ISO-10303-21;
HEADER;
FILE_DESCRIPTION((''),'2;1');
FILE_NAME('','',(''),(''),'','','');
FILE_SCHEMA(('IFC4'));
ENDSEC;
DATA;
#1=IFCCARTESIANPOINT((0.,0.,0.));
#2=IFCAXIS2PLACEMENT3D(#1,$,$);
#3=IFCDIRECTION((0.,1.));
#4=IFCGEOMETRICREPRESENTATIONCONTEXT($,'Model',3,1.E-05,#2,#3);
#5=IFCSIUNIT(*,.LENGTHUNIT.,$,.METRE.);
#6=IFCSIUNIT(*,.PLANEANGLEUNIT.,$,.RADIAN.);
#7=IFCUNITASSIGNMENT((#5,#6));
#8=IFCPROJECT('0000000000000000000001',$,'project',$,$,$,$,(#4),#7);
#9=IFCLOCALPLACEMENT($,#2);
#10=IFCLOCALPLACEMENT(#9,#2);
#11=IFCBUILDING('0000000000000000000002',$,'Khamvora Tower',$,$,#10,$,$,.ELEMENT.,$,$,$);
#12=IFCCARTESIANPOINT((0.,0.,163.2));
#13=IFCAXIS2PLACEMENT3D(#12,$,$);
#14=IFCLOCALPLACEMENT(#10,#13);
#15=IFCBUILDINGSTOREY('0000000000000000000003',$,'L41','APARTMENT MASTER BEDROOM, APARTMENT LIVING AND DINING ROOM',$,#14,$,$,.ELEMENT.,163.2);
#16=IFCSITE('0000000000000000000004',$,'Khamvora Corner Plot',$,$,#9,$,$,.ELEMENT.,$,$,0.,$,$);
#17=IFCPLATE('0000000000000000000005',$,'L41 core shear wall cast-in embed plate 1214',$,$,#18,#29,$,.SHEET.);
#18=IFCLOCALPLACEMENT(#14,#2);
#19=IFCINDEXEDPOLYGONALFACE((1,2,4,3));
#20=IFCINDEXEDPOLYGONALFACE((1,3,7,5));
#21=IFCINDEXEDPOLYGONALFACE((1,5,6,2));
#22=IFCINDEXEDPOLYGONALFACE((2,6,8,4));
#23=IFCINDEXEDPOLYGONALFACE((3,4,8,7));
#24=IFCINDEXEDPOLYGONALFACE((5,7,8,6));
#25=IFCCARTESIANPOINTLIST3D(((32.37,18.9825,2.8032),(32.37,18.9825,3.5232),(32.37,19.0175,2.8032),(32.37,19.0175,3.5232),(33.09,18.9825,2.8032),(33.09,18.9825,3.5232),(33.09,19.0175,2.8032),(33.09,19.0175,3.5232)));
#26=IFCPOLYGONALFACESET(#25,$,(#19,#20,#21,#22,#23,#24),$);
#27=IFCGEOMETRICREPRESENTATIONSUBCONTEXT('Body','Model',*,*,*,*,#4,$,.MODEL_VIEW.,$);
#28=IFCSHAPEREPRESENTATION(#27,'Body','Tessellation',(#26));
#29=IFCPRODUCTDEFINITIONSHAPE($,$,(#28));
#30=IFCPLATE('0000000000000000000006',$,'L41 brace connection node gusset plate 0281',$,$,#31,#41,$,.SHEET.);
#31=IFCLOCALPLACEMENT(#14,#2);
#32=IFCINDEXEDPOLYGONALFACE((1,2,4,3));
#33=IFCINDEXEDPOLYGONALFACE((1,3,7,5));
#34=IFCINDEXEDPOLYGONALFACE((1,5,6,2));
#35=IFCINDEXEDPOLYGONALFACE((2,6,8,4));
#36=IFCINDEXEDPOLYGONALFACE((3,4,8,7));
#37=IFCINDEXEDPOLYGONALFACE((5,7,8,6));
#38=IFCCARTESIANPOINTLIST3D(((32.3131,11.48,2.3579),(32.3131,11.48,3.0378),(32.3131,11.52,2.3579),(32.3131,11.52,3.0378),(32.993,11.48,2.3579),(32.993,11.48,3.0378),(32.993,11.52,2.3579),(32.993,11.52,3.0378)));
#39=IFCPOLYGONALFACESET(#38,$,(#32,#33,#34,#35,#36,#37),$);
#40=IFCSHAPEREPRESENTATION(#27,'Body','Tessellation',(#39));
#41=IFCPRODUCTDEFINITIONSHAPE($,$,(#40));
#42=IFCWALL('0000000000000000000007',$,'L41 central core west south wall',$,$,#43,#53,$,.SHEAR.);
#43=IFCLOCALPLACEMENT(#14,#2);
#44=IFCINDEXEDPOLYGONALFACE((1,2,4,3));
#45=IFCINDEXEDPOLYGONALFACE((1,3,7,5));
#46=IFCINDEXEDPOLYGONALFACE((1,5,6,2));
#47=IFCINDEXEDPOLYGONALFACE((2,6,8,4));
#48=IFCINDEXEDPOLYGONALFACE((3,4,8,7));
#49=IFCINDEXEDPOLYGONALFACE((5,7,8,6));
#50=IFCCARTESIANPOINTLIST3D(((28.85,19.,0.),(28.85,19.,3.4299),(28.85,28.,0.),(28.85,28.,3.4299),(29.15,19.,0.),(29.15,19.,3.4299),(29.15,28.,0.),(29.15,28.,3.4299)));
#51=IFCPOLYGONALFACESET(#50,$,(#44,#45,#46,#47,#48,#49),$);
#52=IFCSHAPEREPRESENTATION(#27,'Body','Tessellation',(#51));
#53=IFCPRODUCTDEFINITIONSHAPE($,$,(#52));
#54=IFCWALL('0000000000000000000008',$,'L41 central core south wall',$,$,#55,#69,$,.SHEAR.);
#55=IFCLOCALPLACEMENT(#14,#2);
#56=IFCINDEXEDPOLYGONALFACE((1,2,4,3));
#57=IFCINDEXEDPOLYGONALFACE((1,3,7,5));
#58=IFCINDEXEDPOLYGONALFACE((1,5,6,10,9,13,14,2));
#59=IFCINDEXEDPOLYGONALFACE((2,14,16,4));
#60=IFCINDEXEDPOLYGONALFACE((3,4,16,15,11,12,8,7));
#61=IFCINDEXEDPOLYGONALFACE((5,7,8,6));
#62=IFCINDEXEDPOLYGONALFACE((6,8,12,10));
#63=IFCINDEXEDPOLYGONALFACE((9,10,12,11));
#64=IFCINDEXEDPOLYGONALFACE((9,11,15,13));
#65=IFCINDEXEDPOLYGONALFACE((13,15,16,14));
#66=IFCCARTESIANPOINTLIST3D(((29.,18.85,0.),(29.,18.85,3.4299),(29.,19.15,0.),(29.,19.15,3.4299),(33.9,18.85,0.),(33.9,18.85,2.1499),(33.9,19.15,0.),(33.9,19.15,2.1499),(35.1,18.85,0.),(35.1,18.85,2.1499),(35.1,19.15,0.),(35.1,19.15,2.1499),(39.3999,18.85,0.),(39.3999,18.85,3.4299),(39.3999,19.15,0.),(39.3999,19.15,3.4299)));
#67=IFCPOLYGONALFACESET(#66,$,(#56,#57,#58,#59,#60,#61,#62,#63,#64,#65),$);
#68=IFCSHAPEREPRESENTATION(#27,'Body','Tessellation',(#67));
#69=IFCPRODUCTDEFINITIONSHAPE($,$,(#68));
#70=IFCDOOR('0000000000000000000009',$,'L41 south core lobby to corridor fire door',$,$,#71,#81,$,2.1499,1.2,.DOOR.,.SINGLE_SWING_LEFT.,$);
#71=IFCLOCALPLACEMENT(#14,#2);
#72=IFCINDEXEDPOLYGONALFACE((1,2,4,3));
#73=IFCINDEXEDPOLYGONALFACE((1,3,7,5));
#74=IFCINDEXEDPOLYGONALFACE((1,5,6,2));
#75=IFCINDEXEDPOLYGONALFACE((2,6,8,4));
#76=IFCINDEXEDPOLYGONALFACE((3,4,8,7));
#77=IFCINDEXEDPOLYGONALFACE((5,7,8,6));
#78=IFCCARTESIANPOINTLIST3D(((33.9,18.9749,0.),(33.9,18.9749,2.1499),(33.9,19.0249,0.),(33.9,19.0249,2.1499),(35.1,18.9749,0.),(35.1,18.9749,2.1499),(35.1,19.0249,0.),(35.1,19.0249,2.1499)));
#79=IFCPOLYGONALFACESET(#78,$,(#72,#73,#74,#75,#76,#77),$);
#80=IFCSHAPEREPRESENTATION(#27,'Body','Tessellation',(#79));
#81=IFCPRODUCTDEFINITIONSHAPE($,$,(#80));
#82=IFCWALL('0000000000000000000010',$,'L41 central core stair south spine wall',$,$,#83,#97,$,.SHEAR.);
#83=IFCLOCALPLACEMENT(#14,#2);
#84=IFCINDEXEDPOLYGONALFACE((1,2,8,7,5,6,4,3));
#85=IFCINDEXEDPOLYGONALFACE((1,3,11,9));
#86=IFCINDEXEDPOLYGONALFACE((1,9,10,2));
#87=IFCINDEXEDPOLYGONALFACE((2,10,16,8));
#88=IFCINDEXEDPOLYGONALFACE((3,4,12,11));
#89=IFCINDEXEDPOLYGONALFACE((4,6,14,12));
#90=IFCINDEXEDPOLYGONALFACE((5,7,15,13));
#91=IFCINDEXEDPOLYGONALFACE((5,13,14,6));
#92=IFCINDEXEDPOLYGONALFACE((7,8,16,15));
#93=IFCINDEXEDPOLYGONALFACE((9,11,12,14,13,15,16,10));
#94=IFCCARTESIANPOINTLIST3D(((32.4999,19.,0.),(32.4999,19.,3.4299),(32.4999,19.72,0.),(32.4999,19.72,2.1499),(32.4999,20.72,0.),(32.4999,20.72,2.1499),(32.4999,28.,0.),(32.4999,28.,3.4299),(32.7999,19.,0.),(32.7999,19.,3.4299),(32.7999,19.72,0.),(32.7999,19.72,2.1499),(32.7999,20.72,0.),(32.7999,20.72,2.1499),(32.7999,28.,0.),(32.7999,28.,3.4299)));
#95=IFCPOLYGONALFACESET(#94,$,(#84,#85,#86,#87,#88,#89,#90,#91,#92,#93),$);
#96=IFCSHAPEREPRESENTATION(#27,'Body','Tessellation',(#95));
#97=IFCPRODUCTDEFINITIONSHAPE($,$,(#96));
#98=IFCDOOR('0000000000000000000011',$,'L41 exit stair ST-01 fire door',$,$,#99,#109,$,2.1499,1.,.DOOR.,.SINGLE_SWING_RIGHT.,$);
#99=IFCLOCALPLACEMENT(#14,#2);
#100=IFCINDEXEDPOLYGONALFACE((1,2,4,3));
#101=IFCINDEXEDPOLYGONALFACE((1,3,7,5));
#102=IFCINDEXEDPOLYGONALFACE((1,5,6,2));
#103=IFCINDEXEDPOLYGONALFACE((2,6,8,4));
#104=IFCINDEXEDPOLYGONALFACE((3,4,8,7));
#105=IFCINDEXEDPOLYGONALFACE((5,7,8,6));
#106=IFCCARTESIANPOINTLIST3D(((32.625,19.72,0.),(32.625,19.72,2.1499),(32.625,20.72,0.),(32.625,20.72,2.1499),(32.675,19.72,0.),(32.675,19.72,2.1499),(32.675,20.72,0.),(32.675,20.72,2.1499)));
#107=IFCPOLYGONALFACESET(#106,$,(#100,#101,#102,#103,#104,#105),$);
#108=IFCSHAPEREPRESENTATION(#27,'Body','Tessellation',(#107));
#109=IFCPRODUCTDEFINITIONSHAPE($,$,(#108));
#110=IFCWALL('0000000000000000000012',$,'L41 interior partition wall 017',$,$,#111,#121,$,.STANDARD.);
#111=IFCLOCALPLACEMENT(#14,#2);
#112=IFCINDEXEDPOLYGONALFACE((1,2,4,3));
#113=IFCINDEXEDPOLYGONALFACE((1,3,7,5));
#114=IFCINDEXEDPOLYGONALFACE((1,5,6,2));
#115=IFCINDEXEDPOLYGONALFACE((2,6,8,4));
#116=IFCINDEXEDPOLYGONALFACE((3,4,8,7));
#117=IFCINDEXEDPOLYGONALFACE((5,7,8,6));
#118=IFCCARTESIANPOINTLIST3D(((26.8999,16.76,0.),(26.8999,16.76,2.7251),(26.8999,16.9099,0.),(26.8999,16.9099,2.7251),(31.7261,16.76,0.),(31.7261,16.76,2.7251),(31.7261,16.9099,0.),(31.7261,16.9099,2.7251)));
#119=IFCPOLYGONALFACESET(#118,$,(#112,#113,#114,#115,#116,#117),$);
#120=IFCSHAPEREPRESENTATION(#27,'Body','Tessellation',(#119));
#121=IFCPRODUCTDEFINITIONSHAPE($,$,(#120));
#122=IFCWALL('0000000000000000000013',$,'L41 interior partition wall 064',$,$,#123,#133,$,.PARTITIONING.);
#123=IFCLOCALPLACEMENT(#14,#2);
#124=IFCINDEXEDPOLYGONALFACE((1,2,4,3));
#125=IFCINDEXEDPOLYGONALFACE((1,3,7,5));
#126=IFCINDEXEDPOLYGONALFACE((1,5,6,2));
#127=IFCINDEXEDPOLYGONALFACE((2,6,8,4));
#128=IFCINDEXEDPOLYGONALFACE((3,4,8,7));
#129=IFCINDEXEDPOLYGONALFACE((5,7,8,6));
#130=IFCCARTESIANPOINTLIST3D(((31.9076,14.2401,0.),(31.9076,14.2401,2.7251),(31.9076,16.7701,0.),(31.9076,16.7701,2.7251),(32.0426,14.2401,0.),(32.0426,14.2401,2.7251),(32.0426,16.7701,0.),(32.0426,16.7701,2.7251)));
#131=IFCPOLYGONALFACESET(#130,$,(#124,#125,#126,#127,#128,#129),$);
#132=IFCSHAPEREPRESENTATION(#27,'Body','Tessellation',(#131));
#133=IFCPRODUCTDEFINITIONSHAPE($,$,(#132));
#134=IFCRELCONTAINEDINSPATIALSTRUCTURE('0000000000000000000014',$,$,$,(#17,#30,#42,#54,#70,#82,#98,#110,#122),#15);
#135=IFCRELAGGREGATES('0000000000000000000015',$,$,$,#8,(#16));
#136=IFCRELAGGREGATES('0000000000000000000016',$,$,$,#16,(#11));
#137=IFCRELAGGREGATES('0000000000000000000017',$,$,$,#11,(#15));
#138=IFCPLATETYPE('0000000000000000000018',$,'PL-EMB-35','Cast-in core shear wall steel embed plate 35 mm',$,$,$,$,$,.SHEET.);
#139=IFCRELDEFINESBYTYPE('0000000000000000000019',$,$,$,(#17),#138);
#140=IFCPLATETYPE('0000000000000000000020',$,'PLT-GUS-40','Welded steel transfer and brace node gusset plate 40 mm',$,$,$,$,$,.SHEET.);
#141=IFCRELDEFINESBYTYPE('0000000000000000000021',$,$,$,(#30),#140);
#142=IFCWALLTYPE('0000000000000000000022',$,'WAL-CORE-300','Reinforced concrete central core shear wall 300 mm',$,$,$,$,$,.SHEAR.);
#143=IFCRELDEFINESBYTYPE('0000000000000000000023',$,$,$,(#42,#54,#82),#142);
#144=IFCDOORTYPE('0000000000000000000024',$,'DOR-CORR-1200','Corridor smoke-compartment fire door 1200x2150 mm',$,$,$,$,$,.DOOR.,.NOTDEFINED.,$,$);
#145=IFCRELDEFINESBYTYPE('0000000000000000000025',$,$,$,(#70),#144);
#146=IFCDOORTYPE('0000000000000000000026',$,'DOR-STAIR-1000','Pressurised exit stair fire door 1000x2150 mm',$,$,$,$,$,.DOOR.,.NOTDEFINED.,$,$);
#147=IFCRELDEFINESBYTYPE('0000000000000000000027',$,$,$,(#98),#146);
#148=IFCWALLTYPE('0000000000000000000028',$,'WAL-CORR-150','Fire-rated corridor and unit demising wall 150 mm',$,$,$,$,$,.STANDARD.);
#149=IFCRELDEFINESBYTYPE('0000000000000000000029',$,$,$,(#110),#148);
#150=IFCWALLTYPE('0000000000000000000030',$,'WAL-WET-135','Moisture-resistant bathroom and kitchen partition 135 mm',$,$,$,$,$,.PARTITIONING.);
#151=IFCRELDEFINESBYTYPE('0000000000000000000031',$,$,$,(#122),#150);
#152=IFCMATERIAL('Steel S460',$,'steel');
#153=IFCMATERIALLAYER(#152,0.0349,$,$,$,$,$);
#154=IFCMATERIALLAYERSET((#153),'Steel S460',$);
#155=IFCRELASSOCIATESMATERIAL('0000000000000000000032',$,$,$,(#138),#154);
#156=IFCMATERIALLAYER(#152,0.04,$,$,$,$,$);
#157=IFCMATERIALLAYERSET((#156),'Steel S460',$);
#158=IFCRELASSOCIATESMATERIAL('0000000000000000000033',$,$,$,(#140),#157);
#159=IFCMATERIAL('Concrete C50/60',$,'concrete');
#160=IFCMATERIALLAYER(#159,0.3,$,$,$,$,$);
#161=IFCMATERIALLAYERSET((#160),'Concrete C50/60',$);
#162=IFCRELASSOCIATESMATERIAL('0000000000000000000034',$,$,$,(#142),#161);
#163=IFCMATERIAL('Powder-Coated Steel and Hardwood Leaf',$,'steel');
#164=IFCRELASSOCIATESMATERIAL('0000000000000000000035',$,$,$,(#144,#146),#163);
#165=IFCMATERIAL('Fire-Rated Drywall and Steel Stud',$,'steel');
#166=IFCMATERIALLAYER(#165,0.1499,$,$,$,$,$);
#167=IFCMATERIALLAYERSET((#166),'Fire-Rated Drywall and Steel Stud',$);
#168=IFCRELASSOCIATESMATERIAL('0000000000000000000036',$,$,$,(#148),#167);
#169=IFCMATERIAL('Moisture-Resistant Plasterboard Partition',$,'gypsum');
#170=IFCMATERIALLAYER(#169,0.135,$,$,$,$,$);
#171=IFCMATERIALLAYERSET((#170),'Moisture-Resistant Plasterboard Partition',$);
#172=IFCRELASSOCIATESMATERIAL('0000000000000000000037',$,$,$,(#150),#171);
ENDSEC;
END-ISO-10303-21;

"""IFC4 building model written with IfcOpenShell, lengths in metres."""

from ifc_helpers import new_model, si_unit, direction, frame, frame_2d, origin, origin_2d, place, context, subcontext, project, spatial, rectangle, extrude, material, layer, layer_set, type_object, element, fill, save


model = new_model("IFC4")

# Units and contexts
model_context = context("Model", 3, precision=1e-05, world=origin(), true_north=direction((0.0, 1.0)))
body_context = subcontext(model_context, "Body", "Model", "MODEL_VIEW")
ifc_project = project(units=[si_unit("LENGTHUNIT", "METRE"), si_unit("PLANEANGLEUNIT", "RADIAN")], contexts=[model_context])

# Site, building, storey
site_placement = place(None, origin())
site = spatial("IfcSite", under=ifc_project, at=site_placement, Name="Khamvora Corner Plot", CompositionType="ELEMENT", RefElevation=0.0)
building_placement = place(site_placement, origin())
building = spatial("IfcBuilding", under=site, at=building_placement, Name="Khamvora Tower", CompositionType="ELEMENT")
storey_placement = place(building_placement, frame((0.0, 0.0, 163.2)))
storey = spatial("IfcBuildingStorey", under=building, at=storey_placement, Name="L41", Description="APARTMENT MASTER BEDROOM, APARTMENT LIVING AND DINING ROOM", CompositionType="ELEMENT", Elevation=163.2)

# Shared definitions
ifc_material_1 = material(Name="Steel S460", Category="steel")

# Plates
ifc_layer_1 = layer(ifc_material_1, 0.0349)
ifc_layer_set_1 = layer_set([ifc_layer_1], Name="Steel S460")
plate_type_1 = type_object("IfcPlateType", Name="PL-EMB-35", Description="Cast-in core shear wall steel embed plate 35 mm", PredefinedType="SHEET", material=ifc_layer_set_1)
plate_1_placement = place(storey_placement, frame((32.73, 19.0, 2.8032), z_axis=(0.0, 0.0, 1.0), x_axis=(1.0, 0.0, 0.0)))
element("IfcPlate", 1, at=plate_1_placement, inside=storey, type_object=plate_type_1, Name="L41 core shear wall cast-in embed plate 1214", PredefinedType="SHEET", context=body_context, shape_type="SweptSolid", body=[
    extrude(rectangle(XDim=0.72, YDim=0.0349, at=origin_2d()), origin(), (0.0, 0.0, 1.0), 0.72),
])
ifc_layer_2 = layer(ifc_material_1, 0.04)
ifc_layer_set_2 = layer_set([ifc_layer_2], Name="Steel S460")
plate_type_2 = type_object("IfcPlateType", Name="PLT-GUS-40", Description="Welded steel transfer and brace node gusset plate 40 mm", PredefinedType="SHEET", material=ifc_layer_set_2)
plate_2_placement = place(storey_placement, frame((32.6531, 11.5, 2.3579), z_axis=(0.0, 0.0, 1.0), x_axis=(1.0, 0.0, 0.0)))
element("IfcPlate", 2, at=plate_2_placement, inside=storey, type_object=plate_type_2, Name="L41 brace connection node gusset plate 0281", PredefinedType="SHEET", context=body_context, shape_type="SweptSolid", body=[
    extrude(rectangle(XDim=0.6799, YDim=0.04, at=origin_2d()), origin(), (0.0, 0.0, 1.0), 0.6799),
])

# Wall
ifc_material_2 = material(Name="Concrete C50/60", Category="concrete")
ifc_layer_3 = layer(ifc_material_2, 0.3)
ifc_layer_set_3 = layer_set([ifc_layer_3], Name="Concrete C50/60")
wall_type_1 = type_object("IfcWallType", Name="WAL-CORE-300", Description="Reinforced concrete central core shear wall 300 mm", PredefinedType="SHEAR", material=ifc_layer_set_3)
wall_1_placement = place(storey_placement, frame((29.0, 19.0, 0.0), z_axis=(0.0, 0.0, 1.0), x_axis=(0.0, 1.0, 0.0)))
element("IfcWall", 3, at=wall_1_placement, inside=storey, type_object=wall_type_1, Name="L41 central core west south wall", PredefinedType="SHEAR", context=body_context, shape_type="SweptSolid", body=[
    extrude(rectangle(XDim=9.0, YDim=0.3, at=frame_2d((4.5, 0.0))), origin(), (0.0, 0.0, 1.0), 3.4299),
])

# Walls, openings, doors
wall_2_placement = place(storey_placement, frame((29.0, 19.0, 0.0), z_axis=(0.0, 0.0, 1.0), x_axis=(1.0, 0.0, 0.0)))
wall_2 = element("IfcWall", 4, at=wall_2_placement, inside=storey, type_object=wall_type_1, Name="L41 central core south wall", PredefinedType="SHEAR", context=body_context, shape_type="SweptSolid", body=[
    extrude(rectangle(XDim=10.3999, YDim=0.3, at=frame_2d((5.2, 0.0))), origin(), (0.0, 0.0, 1.0), 3.4299),
])
opening_1_placement = place(wall_2_placement, frame((4.8999, 0.0, 0.0)))
opening_1 = element("IfcOpeningElement", 5, at=opening_1_placement, cuts=wall_2, PredefinedType="OPENING", context=body_context, shape_type="SweptSolid", body=[
    extrude(rectangle(XDim=1.2, YDim=2.1499, at=frame_2d((0.6001, 1.075))), frame((0.0, 0.1599, 0.0), z_axis=(0.0, -1.0, 0.0), x_axis=(1.0, 0.0, 0.0)), (0.0, 0.0, 1.0), 0.3201),
])
ifc_material_3 = material(Name="Powder-Coated Steel and Hardwood Leaf", Category="steel")
door_type_1 = type_object("IfcDoorType", Name="DOR-CORR-1200", Description="Corridor smoke-compartment fire door 1200x2150 mm", OperationType="NOTDEFINED", PredefinedType="DOOR", material=ifc_material_3)
door_1_placement = place(opening_1_placement, origin())
door_1 = element("IfcDoor", 6, at=door_1_placement, inside=storey, type_object=door_type_1, Name="L41 south core lobby to corridor fire door", OperationType="SINGLE_SWING_LEFT", OverallHeight=2.1499, OverallWidth=1.2, PredefinedType="DOOR", context=body_context, shape_type="SweptSolid", body=[
    extrude(rectangle(XDim=1.2, YDim=2.1499, at=frame_2d((0.6001, 1.075))), frame((0.0, 0.0249, 0.0), z_axis=(0.0, -1.0, 0.0), x_axis=(1.0, 0.0, 0.0)), (0.0, 0.0, 1.0), 0.05),
])
fill(opening_1, door_1)
wall_3_placement = place(storey_placement, frame((32.6499, 19.0, 0.0), z_axis=(0.0, 0.0, 1.0), x_axis=(0.0, 1.0, 0.0)))
wall_3 = element("IfcWall", 7, at=wall_3_placement, inside=storey, type_object=wall_type_1, Name="L41 central core stair south spine wall", PredefinedType="SHEAR", context=body_context, shape_type="SweptSolid", body=[
    extrude(rectangle(XDim=9.0, YDim=0.3, at=frame_2d((4.5, 0.0))), origin(), (0.0, 0.0, 1.0), 3.4299),
])
opening_2_placement = place(wall_3_placement, frame((0.72, 0.0, 0.0)))
opening_2 = element("IfcOpeningElement", 8, at=opening_2_placement, cuts=wall_3, PredefinedType="OPENING", context=body_context, shape_type="SweptSolid", body=[
    extrude(rectangle(XDim=1.0, YDim=2.1499, at=frame_2d((0.5, 1.075))), frame((0.0, 0.1599, 0.0), z_axis=(0.0, -1.0, 0.0), x_axis=(1.0, 0.0, 0.0)), (0.0, 0.0, 1.0), 0.3201),
])
door_type_2 = type_object("IfcDoorType", Name="DOR-STAIR-1000", Description="Pressurised exit stair fire door 1000x2150 mm", OperationType="NOTDEFINED", PredefinedType="DOOR", material=ifc_material_3)
door_2_placement = place(opening_2_placement, origin())
door_2 = element("IfcDoor", 9, at=door_2_placement, inside=storey, type_object=door_type_2, Name="L41 exit stair ST-01 fire door", OperationType="SINGLE_SWING_RIGHT", OverallHeight=2.1499, OverallWidth=1.0, PredefinedType="DOOR", context=body_context, shape_type="SweptSolid", body=[
    extrude(rectangle(XDim=1.0, YDim=2.1499, at=frame_2d((0.5, 1.075))), frame((0.0, 0.0249, 0.0), z_axis=(0.0, -1.0, 0.0), x_axis=(1.0, 0.0, 0.0)), (0.0, 0.0, 1.0), 0.05),
])
fill(opening_2, door_2)

# Walls
ifc_material_4 = material(Name="Fire-Rated Drywall and Steel Stud", Category="steel")
ifc_layer_4 = layer(ifc_material_4, 0.1499)
ifc_layer_set_4 = layer_set([ifc_layer_4], Name="Fire-Rated Drywall and Steel Stud")
wall_type_2 = type_object("IfcWallType", Name="WAL-CORR-150", Description="Fire-rated corridor and unit demising wall 150 mm", PredefinedType="STANDARD", material=ifc_layer_set_4)
wall_4_placement = place(storey_placement, frame((31.7261, 16.835, 0.0), z_axis=(0.0, 0.0, 1.0), x_axis=(-1.0, 0.0, 0.0)))
element("IfcWall", 10, at=wall_4_placement, inside=storey, type_object=wall_type_2, Name="L41 interior partition wall 017", PredefinedType="STANDARD", context=body_context, shape_type="SweptSolid", body=[
    extrude(rectangle(XDim=4.8262, YDim=0.1499, at=frame_2d((2.4131, 0.0))), origin(), (0.0, 0.0, 1.0), 2.7251),
])
ifc_material_5 = material(Name="Moisture-Resistant Plasterboard Partition", Category="gypsum")
ifc_layer_5 = layer(ifc_material_5, 0.135)
ifc_layer_set_5 = layer_set([ifc_layer_5], Name="Moisture-Resistant Plasterboard Partition")
wall_type_3 = type_object("IfcWallType", Name="WAL-WET-135", Description="Moisture-resistant bathroom and kitchen partition 135 mm", PredefinedType="PARTITIONING", material=ifc_layer_set_5)
wall_5_placement = place(storey_placement, frame((31.9751, 14.24, 0.0), z_axis=(0.0, 0.0, 1.0), x_axis=(0.0, 1.0, 0.0)))
element("IfcWall", 11, at=wall_5_placement, inside=storey, type_object=wall_type_3, Name="L41 interior partition wall 064", PredefinedType="PARTITIONING", context=body_context, shape_type="SweptSolid", body=[
    extrude(rectangle(XDim=2.53, YDim=0.135, at=frame_2d((1.2651, 0.0))), origin(), (0.0, 0.0, 1.0), 2.7251),
])

save(model, "model.ifc")
